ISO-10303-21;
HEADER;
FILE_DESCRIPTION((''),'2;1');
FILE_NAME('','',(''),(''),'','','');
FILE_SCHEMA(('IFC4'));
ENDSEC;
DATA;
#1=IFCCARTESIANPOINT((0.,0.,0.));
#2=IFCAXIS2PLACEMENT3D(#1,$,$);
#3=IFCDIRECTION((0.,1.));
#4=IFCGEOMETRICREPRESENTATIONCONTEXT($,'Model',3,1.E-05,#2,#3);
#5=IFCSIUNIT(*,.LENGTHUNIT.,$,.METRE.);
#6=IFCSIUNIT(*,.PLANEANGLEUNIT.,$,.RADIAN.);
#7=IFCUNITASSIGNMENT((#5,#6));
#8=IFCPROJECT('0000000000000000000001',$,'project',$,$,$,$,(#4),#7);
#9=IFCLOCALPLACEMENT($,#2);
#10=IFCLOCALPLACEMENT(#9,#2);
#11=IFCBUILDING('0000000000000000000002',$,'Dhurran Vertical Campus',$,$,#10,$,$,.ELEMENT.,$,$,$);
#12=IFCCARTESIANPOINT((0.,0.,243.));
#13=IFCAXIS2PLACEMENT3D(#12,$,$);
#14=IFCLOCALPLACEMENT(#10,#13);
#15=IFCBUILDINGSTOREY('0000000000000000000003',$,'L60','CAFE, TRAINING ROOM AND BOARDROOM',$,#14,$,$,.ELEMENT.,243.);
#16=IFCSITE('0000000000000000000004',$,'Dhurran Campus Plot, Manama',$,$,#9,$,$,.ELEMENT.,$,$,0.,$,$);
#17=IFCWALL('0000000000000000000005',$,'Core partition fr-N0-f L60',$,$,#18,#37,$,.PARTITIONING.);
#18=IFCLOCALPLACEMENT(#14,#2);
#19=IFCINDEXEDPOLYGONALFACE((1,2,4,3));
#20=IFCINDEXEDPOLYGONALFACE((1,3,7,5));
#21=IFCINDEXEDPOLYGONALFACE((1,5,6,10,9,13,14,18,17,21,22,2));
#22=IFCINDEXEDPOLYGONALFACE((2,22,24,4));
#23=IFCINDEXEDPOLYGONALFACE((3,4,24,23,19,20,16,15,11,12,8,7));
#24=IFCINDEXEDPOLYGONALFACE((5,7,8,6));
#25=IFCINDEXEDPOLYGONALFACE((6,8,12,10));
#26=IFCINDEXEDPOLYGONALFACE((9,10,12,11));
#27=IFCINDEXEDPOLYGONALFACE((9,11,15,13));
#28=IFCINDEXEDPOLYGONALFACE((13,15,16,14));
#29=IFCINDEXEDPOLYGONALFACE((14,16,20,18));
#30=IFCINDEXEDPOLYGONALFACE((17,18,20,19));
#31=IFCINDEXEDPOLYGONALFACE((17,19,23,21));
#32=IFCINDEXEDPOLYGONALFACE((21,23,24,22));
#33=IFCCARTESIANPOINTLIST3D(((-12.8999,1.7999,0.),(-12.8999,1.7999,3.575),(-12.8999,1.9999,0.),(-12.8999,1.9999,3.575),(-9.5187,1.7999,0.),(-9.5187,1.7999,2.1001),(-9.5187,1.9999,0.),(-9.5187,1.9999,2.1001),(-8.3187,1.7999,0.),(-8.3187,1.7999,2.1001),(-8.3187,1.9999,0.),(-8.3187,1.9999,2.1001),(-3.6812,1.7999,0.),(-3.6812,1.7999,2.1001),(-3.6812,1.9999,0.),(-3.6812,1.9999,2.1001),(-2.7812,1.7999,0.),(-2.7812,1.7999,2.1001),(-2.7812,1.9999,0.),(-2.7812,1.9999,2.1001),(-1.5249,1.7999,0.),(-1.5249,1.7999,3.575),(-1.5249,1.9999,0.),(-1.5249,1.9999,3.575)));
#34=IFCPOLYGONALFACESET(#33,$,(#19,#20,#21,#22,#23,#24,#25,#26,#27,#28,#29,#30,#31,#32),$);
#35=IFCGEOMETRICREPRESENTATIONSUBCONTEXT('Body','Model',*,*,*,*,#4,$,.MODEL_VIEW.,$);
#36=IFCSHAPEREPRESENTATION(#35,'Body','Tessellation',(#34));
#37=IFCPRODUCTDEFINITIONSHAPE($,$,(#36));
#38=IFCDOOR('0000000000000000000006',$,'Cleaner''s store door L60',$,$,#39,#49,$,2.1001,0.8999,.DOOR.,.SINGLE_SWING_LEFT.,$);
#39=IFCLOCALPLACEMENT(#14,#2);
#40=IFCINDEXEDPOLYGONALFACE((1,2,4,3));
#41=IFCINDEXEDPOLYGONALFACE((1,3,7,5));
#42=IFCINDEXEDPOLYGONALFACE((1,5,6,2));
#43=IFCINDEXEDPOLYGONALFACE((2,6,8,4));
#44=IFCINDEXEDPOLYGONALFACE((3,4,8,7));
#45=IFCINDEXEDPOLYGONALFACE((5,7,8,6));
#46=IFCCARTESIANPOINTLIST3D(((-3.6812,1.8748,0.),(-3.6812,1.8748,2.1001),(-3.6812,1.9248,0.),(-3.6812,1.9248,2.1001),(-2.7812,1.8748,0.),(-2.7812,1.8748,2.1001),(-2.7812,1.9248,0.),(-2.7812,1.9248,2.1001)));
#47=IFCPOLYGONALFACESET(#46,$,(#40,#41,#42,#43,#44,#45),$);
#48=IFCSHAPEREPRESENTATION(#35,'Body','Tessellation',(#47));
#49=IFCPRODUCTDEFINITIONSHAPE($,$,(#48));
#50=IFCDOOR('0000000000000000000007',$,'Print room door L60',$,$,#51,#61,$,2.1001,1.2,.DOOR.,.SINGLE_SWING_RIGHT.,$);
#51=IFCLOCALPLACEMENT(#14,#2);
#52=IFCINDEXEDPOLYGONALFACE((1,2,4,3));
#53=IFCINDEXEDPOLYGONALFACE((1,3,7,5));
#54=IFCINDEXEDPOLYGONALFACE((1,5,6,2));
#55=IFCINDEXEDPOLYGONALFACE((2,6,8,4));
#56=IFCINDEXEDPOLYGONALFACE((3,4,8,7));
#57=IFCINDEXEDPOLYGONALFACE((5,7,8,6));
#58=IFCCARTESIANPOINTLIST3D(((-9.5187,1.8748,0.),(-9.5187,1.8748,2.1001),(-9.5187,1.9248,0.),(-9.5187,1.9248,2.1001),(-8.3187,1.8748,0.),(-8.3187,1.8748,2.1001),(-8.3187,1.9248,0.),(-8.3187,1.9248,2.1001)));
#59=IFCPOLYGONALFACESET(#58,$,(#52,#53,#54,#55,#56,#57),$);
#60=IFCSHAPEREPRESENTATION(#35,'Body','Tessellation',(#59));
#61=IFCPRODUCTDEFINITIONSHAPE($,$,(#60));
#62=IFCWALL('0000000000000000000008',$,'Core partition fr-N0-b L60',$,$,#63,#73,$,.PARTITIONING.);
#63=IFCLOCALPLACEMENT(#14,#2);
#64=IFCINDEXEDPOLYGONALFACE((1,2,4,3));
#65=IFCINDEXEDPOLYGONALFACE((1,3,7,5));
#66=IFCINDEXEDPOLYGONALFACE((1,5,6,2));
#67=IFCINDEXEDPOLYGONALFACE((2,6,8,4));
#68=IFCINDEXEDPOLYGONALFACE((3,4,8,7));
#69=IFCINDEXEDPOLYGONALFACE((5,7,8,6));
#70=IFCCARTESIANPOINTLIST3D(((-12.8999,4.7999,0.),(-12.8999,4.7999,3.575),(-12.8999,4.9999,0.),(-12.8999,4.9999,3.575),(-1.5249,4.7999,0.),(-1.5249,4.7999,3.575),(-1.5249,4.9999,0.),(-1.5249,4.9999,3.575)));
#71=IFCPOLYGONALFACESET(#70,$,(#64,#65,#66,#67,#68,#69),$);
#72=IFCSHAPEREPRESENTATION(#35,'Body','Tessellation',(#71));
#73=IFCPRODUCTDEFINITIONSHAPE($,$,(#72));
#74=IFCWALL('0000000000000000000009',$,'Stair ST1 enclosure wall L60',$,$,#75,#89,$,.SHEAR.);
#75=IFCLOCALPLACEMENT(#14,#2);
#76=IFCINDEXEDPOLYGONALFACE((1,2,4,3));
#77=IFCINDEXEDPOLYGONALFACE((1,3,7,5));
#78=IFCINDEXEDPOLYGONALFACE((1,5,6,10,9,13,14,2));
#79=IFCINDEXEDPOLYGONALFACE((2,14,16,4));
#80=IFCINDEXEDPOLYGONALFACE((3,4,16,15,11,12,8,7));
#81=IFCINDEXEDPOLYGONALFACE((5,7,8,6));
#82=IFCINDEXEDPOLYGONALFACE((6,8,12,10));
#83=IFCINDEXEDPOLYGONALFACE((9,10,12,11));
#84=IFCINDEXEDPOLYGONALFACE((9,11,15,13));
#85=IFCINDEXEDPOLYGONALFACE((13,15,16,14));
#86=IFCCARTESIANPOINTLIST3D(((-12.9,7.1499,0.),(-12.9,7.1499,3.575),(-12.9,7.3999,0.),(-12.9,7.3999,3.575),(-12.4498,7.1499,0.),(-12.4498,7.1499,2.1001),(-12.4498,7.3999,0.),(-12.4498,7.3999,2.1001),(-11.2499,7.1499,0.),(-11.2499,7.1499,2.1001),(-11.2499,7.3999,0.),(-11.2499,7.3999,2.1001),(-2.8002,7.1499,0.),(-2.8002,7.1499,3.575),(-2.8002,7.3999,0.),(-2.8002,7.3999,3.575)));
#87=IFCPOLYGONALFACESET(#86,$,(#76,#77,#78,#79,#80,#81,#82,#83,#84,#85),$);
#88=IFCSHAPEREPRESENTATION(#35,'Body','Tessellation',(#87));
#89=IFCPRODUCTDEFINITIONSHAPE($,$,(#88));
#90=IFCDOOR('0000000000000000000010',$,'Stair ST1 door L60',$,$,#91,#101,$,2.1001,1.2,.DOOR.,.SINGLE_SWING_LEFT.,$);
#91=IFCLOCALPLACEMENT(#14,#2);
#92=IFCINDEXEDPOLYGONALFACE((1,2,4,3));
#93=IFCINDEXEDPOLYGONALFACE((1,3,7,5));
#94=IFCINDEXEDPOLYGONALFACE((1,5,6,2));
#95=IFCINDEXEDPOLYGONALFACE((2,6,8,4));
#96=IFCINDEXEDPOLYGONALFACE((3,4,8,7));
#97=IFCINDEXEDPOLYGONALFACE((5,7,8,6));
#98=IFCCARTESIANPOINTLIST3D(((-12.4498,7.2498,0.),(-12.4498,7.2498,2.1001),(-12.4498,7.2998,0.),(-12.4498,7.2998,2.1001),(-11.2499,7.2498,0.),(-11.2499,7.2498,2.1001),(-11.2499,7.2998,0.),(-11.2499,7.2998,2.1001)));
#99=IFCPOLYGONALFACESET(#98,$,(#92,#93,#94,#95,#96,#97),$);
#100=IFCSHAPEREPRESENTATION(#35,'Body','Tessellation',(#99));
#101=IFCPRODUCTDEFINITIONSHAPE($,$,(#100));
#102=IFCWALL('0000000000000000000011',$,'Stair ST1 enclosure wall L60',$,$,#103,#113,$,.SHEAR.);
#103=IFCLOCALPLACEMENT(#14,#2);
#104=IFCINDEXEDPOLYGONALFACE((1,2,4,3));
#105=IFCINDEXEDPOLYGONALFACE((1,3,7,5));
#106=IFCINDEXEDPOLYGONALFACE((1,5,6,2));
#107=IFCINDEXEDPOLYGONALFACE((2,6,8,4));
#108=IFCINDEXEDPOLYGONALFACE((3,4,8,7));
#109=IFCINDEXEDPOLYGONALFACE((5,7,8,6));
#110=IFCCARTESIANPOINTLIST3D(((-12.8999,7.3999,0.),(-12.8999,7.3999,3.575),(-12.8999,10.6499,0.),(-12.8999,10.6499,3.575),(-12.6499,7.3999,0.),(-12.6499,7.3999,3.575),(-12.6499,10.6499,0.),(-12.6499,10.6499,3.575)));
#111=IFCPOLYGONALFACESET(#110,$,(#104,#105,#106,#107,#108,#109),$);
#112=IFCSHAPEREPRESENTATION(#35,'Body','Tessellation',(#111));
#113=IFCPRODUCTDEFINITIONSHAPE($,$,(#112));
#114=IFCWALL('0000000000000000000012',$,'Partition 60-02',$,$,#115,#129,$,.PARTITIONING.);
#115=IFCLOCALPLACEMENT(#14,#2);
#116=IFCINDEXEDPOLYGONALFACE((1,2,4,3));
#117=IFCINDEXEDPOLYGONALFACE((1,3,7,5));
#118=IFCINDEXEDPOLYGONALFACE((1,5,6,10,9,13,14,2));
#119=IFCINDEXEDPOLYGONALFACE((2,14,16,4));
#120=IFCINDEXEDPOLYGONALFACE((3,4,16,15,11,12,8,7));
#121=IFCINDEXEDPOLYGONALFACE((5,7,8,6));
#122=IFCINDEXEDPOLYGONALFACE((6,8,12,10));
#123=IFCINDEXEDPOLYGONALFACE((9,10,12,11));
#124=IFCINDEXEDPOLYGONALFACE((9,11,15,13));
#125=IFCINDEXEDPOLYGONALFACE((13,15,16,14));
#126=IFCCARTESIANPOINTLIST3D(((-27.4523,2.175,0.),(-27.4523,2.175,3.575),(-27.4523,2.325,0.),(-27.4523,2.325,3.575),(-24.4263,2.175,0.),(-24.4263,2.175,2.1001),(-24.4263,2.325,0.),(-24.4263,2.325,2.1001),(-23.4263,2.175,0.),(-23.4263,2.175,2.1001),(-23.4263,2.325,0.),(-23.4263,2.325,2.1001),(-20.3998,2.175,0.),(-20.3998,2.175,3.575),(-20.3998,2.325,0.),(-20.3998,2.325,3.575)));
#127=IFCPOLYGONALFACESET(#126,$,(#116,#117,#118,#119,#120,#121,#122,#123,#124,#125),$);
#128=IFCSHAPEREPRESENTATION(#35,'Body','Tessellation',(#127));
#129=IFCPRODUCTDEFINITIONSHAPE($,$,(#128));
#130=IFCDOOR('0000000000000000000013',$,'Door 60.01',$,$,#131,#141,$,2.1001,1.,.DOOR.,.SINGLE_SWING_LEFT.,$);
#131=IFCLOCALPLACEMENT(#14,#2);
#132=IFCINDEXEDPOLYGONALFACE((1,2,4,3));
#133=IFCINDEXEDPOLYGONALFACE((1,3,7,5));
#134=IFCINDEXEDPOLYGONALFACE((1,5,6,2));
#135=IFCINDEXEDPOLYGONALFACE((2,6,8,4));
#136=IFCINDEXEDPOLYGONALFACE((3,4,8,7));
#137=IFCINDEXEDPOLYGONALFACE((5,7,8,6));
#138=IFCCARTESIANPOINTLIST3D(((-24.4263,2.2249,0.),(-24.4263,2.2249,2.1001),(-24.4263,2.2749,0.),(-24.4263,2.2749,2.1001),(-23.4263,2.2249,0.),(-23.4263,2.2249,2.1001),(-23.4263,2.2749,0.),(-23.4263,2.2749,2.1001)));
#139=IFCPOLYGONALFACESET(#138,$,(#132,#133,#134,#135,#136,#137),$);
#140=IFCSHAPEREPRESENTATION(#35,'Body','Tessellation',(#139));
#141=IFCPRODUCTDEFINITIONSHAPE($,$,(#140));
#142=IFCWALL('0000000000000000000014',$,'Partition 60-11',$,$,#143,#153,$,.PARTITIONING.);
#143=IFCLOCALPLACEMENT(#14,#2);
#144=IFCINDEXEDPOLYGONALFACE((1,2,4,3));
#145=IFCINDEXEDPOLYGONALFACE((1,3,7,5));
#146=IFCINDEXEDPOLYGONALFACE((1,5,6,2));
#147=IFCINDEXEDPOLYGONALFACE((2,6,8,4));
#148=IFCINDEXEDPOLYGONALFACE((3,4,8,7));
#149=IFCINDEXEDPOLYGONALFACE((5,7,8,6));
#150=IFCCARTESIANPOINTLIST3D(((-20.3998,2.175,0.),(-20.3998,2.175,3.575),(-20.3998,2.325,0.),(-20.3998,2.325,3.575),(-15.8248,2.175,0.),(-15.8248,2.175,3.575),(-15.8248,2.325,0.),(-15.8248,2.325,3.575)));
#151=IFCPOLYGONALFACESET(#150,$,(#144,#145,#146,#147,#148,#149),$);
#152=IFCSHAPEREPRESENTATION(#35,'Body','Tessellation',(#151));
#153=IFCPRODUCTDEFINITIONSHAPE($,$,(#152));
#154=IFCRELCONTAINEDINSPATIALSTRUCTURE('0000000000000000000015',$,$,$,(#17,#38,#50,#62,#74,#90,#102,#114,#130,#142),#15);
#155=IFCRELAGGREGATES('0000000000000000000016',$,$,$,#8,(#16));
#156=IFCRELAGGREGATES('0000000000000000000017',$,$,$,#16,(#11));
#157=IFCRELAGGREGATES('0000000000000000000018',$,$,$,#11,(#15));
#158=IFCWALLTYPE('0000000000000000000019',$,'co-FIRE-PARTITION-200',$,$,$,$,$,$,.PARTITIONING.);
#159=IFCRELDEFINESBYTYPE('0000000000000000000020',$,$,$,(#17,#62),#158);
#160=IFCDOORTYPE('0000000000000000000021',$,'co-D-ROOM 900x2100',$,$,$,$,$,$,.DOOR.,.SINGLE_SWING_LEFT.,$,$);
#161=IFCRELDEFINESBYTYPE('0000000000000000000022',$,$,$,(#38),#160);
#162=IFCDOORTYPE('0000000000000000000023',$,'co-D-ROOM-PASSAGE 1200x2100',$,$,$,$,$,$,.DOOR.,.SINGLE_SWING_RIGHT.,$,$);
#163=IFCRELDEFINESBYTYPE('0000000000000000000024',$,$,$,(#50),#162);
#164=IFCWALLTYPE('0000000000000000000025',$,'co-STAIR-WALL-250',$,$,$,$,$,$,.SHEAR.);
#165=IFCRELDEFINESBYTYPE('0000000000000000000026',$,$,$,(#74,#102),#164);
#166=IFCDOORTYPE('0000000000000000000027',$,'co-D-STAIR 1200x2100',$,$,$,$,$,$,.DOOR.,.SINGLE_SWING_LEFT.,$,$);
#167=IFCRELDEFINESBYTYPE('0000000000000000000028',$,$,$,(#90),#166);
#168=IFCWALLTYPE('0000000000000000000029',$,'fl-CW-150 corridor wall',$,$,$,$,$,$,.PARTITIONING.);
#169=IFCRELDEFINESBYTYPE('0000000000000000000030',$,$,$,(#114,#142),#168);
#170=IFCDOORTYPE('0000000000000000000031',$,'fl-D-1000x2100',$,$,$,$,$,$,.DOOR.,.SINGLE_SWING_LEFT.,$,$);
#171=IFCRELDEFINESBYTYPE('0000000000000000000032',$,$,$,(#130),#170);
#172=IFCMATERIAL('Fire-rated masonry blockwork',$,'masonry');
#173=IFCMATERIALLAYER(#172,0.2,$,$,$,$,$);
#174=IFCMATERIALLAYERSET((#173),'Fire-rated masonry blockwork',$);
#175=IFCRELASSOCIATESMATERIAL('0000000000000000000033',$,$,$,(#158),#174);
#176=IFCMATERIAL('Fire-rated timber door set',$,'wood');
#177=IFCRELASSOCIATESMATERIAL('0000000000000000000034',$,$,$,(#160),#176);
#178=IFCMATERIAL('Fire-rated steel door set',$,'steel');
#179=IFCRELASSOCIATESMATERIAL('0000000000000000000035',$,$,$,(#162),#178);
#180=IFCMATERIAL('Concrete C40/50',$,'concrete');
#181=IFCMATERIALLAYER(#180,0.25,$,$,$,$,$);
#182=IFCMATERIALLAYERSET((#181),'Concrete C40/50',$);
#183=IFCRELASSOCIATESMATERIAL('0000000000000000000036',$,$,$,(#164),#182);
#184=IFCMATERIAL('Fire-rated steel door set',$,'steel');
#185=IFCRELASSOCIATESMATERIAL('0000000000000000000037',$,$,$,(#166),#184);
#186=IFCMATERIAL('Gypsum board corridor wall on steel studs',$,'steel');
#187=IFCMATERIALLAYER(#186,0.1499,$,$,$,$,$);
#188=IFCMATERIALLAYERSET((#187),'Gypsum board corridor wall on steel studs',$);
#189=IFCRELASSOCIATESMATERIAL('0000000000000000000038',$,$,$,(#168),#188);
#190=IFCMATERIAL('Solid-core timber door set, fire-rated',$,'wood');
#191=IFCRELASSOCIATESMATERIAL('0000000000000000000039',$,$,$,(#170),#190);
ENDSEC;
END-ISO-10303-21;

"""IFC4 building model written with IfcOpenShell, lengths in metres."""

from ifc_helpers import new_model, si_unit, direction, frame, frame_2d, origin, place, context, subcontext, project, spatial, rectangle, extrude, material, layer, layer_set, type_object, element, fill, save


model = new_model("IFC4")

# Units and contexts
model_context = context("Model", 3, precision=1e-05, world=origin(), true_north=direction((0.0, 1.0)))
body_context = subcontext(model_context, "Body", "Model", "MODEL_VIEW")
ifc_project = project(units=[si_unit("LENGTHUNIT", "METRE"), si_unit("PLANEANGLEUNIT", "RADIAN")], contexts=[model_context])

# Site, building, storey
site_placement = place(None, origin())
site = spatial("IfcSite", under=ifc_project, at=site_placement, Name="Dhurran Campus Plot, Manama", CompositionType="ELEMENT", RefElevation=0.0)
building_placement = place(site_placement, origin())
building = spatial("IfcBuilding", under=site, at=building_placement, Name="Dhurran Vertical Campus", CompositionType="ELEMENT")
storey_placement = place(building_placement, frame((0.0, 0.0, 243.0)))
storey = spatial("IfcBuildingStorey", under=building, at=storey_placement, Name="L60", Description="CAFE, TRAINING ROOM AND BOARDROOM", CompositionType="ELEMENT", Elevation=243.0)

# Wall, openings, doors
ifc_material_1 = material(Name="Fire-rated masonry blockwork", Category="masonry")
ifc_layer_1 = layer(ifc_material_1, 0.2)
ifc_layer_set_1 = layer_set([ifc_layer_1], Name="Fire-rated masonry blockwork")
wall_type_1 = type_object("IfcWallType", Name="co-FIRE-PARTITION-200", PredefinedType="PARTITIONING", material=ifc_layer_set_1)
wall_1_placement = place(storey_placement, frame((-12.8999, 1.8999, 0.0), z_axis=(0.0, 0.0, 1.0), x_axis=(1.0, 0.0, 0.0)))
wall_1 = element("IfcWall", 1, at=wall_1_placement, inside=storey, type_object=wall_type_1, Name="Core partition fr-N0-f L60", PredefinedType="PARTITIONING", context=body_context, shape_type="SweptSolid", body=[
    extrude(rectangle(XDim=11.375, YDim=0.2, at=frame_2d((5.6875, 0.0))), origin(), (0.0, 0.0, 1.0), 3.575),
])
opening_1_placement = place(wall_1_placement, frame((3.3811, 0.0, 0.0)))
opening_1 = element("IfcOpeningElement", 2, at=opening_1_placement, cuts=wall_1, PredefinedType="OPENING", context=body_context, shape_type="SweptSolid", body=[
    extrude(rectangle(XDim=1.2, YDim=2.1001, at=frame_2d((0.6001, 1.05))), frame((0.0, 0.1099, 0.0), z_axis=(0.0, -1.0, 0.0), x_axis=(1.0, 0.0, 0.0)), (0.0, 0.0, 1.0), 0.22),
])
opening_2_placement = place(wall_1_placement, frame((9.2188, 0.0, 0.0)))
opening_2 = element("IfcOpeningElement", 3, at=opening_2_placement, cuts=wall_1, PredefinedType="OPENING", context=body_context, shape_type="SweptSolid", body=[
    extrude(rectangle(XDim=0.8999, YDim=2.1001, at=frame_2d((0.45, 1.05))), frame((0.0, 0.1099, 0.0), z_axis=(0.0, -1.0, 0.0), x_axis=(1.0, 0.0, 0.0)), (0.0, 0.0, 1.0), 0.22),
])
ifc_material_2 = material(Name="Fire-rated timber door set", Category="wood")
door_type_1 = type_object("IfcDoorType", Name="co-D-ROOM 900x2100", OperationType="SINGLE_SWING_LEFT", PredefinedType="DOOR", material=ifc_material_2)
door_1_placement = place(opening_2_placement, origin())
door_1 = element("IfcDoor", 4, at=door_1_placement, inside=storey, type_object=door_type_1, Name="Cleaner's store door L60", OperationType="SINGLE_SWING_LEFT", OverallHeight=2.1001, OverallWidth=0.8999, PredefinedType="DOOR", context=body_context, shape_type="SweptSolid", body=[
    extrude(rectangle(XDim=0.8999, YDim=2.1001, at=frame_2d((0.45, 1.05))), frame((0.0, 0.0249, 0.0), z_axis=(0.0, -1.0, 0.0), x_axis=(1.0, 0.0, 0.0)), (0.0, 0.0, 1.0), 0.05),
])
fill(opening_2, door_1)
ifc_material_3 = material(Name="Fire-rated steel door set", Category="steel")
door_type_2 = type_object("IfcDoorType", Name="co-D-ROOM-PASSAGE 1200x2100", OperationType="SINGLE_SWING_RIGHT", PredefinedType="DOOR", material=ifc_material_3)
door_2_placement = place(opening_1_placement, origin())
door_2 = element("IfcDoor", 5, at=door_2_placement, inside=storey, type_object=door_type_2, Name="Print room door L60", OperationType="SINGLE_SWING_RIGHT", OverallHeight=2.1001, OverallWidth=1.2, PredefinedType="DOOR", context=body_context, shape_type="SweptSolid", body=[
    extrude(rectangle(XDim=1.2, YDim=2.1001, at=frame_2d((0.6001, 1.05))), frame((0.0, 0.0249, 0.0), z_axis=(0.0, -1.0, 0.0), x_axis=(1.0, 0.0, 0.0)), (0.0, 0.0, 1.0), 0.05),
])
fill(opening_1, door_2)

# Wall
wall_2_placement = place(storey_placement, frame((-12.8999, 4.8999, 0.0), z_axis=(0.0, 0.0, 1.0), x_axis=(1.0, 0.0, 0.0)))
element("IfcWall", 6, at=wall_2_placement, inside=storey, type_object=wall_type_1, Name="Core partition fr-N0-b L60", PredefinedType="PARTITIONING", context=body_context, shape_type="SweptSolid", body=[
    extrude(rectangle(XDim=11.375, YDim=0.2, at=frame_2d((5.6875, 0.0))), origin(), (0.0, 0.0, 1.0), 3.575),
])

# Wall, opening, door
ifc_material_4 = material(Name="Concrete C40/50", Category="concrete")
ifc_layer_2 = layer(ifc_material_4, 0.25)
ifc_layer_set_2 = layer_set([ifc_layer_2], Name="Concrete C40/50")
wall_type_2 = type_object("IfcWallType", Name="co-STAIR-WALL-250", PredefinedType="SHEAR", material=ifc_layer_set_2)
wall_3_placement = place(storey_placement, frame((-12.8999, 7.2749, 0.0), z_axis=(0.0, 0.0, 1.0), x_axis=(1.0, 0.0, 0.0)))
wall_3 = element("IfcWall", 7, at=wall_3_placement, inside=storey, type_object=wall_type_2, Name="Stair ST1 enclosure wall L60", PredefinedType="SHEAR", context=body_context, shape_type="SweptSolid", body=[
    extrude(rectangle(XDim=10.0999, YDim=0.25, at=frame_2d((5.0498, 0.0))), origin(), (0.0, 0.0, 1.0), 3.575),
])
opening_3_placement = place(wall_3_placement, frame((0.45, 0.0, 0.0)))
opening_3 = element("IfcOpeningElement", 8, at=opening_3_placement, cuts=wall_3, PredefinedType="OPENING", context=body_context, shape_type="SweptSolid", body=[
    extrude(rectangle(XDim=1.2, YDim=2.1001, at=frame_2d((0.6001, 1.05))), frame((0.0, 0.135, 0.0), z_axis=(0.0, -1.0, 0.0), x_axis=(1.0, 0.0, 0.0)), (0.0, 0.0, 1.0), 0.27),
])
ifc_material_5 = material(Name="Fire-rated steel door set", Category="steel")
door_type_3 = type_object("IfcDoorType", Name="co-D-STAIR 1200x2100", OperationType="SINGLE_SWING_LEFT", PredefinedType="DOOR", material=ifc_material_5)
door_3_placement = place(opening_3_placement, origin())
door_3 = element("IfcDoor", 9, at=door_3_placement, inside=storey, type_object=door_type_3, Name="Stair ST1 door L60", OperationType="SINGLE_SWING_LEFT", OverallHeight=2.1001, OverallWidth=1.2, PredefinedType="DOOR", context=body_context, shape_type="SweptSolid", body=[
    extrude(rectangle(XDim=1.2, YDim=2.1001, at=frame_2d((0.6001, 1.05))), frame((0.0, 0.0249, 0.0), z_axis=(0.0, -1.0, 0.0), x_axis=(1.0, 0.0, 0.0)), (0.0, 0.0, 1.0), 0.05),
])
fill(opening_3, door_3)

# Wall
wall_4_placement = place(storey_placement, frame((-12.7749, 7.3999, 0.0), z_axis=(0.0, 0.0, 1.0), x_axis=(0.0, 1.0, 0.0)))
element("IfcWall", 10, at=wall_4_placement, inside=storey, type_object=wall_type_2, Name="Stair ST1 enclosure wall L60", PredefinedType="SHEAR", context=body_context, shape_type="SweptSolid", body=[
    extrude(rectangle(XDim=3.25, YDim=0.25, at=frame_2d((1.625, 0.0))), origin(), (0.0, 0.0, 1.0), 3.575),
])

# Wall, opening, door
ifc_material_6 = material(Name="Gypsum board corridor wall on steel studs", Category="steel")
ifc_layer_3 = layer(ifc_material_6, 0.1499)
ifc_layer_set_3 = layer_set([ifc_layer_3], Name="Gypsum board corridor wall on steel studs")
wall_type_3 = type_object("IfcWallType", Name="fl-CW-150 corridor wall", PredefinedType="PARTITIONING", material=ifc_layer_set_3)
wall_5_placement = place(storey_placement, frame((-27.4524, 2.25, 0.0), z_axis=(0.0, 0.0, 1.0), x_axis=(1.0, 0.0, 0.0)))
wall_5 = element("IfcWall", 11, at=wall_5_placement, inside=storey, type_object=wall_type_3, Name="Partition 60-02", PredefinedType="PARTITIONING", context=body_context, shape_type="SweptSolid", body=[
    extrude(rectangle(XDim=7.0525, YDim=0.1499, at=frame_2d((3.5264, 0.0))), origin(), (0.0, 0.0, 1.0), 3.575),
])
opening_4_placement = place(wall_5_placement, frame((3.0261, 0.0, 0.0)))
opening_4 = element("IfcOpeningElement", 12, at=opening_4_placement, cuts=wall_5, PredefinedType="OPENING", context=body_context, shape_type="SweptSolid", body=[
    extrude(rectangle(XDim=1.0, YDim=2.1001, at=frame_2d((0.5, 1.05))), frame((0.0, 0.085, 0.0), z_axis=(0.0, -1.0, 0.0), x_axis=(1.0, 0.0, 0.0)), (0.0, 0.0, 1.0), 0.1699),
])
ifc_material_7 = material(Name="Solid-core timber door set, fire-rated", Category="wood")
door_type_4 = type_object("IfcDoorType", Name="fl-D-1000x2100", OperationType="SINGLE_SWING_LEFT", PredefinedType="DOOR", material=ifc_material_7)
door_4_placement = place(opening_4_placement, origin())
door_4 = element("IfcDoor", 13, at=door_4_placement, inside=storey, type_object=door_type_4, Name="Door 60.01", OperationType="SINGLE_SWING_LEFT", OverallHeight=2.1001, OverallWidth=1.0, PredefinedType="DOOR", context=body_context, shape_type="SweptSolid", body=[
    extrude(rectangle(XDim=1.0, YDim=2.1001, at=frame_2d((0.5, 1.05))), frame((0.0, 0.0249, 0.0), z_axis=(0.0, -1.0, 0.0), x_axis=(1.0, 0.0, 0.0)), (0.0, 0.0, 1.0), 0.05),
])
fill(opening_4, door_4)

# Wall
wall_6_placement = place(storey_placement, frame((-20.3999, 2.25, 0.0), z_axis=(0.0, 0.0, 1.0), x_axis=(1.0, 0.0, 0.0)))
element("IfcWall", 14, at=wall_6_placement, inside=storey, type_object=wall_type_3, Name="Partition 60-11", PredefinedType="PARTITIONING", context=body_context, shape_type="SweptSolid", body=[
    extrude(rectangle(XDim=4.575, YDim=0.1499, at=frame_2d((2.2876, 0.0))), origin(), (0.0, 0.0, 1.0), 3.575),
])

save(model, "model.ifc")
